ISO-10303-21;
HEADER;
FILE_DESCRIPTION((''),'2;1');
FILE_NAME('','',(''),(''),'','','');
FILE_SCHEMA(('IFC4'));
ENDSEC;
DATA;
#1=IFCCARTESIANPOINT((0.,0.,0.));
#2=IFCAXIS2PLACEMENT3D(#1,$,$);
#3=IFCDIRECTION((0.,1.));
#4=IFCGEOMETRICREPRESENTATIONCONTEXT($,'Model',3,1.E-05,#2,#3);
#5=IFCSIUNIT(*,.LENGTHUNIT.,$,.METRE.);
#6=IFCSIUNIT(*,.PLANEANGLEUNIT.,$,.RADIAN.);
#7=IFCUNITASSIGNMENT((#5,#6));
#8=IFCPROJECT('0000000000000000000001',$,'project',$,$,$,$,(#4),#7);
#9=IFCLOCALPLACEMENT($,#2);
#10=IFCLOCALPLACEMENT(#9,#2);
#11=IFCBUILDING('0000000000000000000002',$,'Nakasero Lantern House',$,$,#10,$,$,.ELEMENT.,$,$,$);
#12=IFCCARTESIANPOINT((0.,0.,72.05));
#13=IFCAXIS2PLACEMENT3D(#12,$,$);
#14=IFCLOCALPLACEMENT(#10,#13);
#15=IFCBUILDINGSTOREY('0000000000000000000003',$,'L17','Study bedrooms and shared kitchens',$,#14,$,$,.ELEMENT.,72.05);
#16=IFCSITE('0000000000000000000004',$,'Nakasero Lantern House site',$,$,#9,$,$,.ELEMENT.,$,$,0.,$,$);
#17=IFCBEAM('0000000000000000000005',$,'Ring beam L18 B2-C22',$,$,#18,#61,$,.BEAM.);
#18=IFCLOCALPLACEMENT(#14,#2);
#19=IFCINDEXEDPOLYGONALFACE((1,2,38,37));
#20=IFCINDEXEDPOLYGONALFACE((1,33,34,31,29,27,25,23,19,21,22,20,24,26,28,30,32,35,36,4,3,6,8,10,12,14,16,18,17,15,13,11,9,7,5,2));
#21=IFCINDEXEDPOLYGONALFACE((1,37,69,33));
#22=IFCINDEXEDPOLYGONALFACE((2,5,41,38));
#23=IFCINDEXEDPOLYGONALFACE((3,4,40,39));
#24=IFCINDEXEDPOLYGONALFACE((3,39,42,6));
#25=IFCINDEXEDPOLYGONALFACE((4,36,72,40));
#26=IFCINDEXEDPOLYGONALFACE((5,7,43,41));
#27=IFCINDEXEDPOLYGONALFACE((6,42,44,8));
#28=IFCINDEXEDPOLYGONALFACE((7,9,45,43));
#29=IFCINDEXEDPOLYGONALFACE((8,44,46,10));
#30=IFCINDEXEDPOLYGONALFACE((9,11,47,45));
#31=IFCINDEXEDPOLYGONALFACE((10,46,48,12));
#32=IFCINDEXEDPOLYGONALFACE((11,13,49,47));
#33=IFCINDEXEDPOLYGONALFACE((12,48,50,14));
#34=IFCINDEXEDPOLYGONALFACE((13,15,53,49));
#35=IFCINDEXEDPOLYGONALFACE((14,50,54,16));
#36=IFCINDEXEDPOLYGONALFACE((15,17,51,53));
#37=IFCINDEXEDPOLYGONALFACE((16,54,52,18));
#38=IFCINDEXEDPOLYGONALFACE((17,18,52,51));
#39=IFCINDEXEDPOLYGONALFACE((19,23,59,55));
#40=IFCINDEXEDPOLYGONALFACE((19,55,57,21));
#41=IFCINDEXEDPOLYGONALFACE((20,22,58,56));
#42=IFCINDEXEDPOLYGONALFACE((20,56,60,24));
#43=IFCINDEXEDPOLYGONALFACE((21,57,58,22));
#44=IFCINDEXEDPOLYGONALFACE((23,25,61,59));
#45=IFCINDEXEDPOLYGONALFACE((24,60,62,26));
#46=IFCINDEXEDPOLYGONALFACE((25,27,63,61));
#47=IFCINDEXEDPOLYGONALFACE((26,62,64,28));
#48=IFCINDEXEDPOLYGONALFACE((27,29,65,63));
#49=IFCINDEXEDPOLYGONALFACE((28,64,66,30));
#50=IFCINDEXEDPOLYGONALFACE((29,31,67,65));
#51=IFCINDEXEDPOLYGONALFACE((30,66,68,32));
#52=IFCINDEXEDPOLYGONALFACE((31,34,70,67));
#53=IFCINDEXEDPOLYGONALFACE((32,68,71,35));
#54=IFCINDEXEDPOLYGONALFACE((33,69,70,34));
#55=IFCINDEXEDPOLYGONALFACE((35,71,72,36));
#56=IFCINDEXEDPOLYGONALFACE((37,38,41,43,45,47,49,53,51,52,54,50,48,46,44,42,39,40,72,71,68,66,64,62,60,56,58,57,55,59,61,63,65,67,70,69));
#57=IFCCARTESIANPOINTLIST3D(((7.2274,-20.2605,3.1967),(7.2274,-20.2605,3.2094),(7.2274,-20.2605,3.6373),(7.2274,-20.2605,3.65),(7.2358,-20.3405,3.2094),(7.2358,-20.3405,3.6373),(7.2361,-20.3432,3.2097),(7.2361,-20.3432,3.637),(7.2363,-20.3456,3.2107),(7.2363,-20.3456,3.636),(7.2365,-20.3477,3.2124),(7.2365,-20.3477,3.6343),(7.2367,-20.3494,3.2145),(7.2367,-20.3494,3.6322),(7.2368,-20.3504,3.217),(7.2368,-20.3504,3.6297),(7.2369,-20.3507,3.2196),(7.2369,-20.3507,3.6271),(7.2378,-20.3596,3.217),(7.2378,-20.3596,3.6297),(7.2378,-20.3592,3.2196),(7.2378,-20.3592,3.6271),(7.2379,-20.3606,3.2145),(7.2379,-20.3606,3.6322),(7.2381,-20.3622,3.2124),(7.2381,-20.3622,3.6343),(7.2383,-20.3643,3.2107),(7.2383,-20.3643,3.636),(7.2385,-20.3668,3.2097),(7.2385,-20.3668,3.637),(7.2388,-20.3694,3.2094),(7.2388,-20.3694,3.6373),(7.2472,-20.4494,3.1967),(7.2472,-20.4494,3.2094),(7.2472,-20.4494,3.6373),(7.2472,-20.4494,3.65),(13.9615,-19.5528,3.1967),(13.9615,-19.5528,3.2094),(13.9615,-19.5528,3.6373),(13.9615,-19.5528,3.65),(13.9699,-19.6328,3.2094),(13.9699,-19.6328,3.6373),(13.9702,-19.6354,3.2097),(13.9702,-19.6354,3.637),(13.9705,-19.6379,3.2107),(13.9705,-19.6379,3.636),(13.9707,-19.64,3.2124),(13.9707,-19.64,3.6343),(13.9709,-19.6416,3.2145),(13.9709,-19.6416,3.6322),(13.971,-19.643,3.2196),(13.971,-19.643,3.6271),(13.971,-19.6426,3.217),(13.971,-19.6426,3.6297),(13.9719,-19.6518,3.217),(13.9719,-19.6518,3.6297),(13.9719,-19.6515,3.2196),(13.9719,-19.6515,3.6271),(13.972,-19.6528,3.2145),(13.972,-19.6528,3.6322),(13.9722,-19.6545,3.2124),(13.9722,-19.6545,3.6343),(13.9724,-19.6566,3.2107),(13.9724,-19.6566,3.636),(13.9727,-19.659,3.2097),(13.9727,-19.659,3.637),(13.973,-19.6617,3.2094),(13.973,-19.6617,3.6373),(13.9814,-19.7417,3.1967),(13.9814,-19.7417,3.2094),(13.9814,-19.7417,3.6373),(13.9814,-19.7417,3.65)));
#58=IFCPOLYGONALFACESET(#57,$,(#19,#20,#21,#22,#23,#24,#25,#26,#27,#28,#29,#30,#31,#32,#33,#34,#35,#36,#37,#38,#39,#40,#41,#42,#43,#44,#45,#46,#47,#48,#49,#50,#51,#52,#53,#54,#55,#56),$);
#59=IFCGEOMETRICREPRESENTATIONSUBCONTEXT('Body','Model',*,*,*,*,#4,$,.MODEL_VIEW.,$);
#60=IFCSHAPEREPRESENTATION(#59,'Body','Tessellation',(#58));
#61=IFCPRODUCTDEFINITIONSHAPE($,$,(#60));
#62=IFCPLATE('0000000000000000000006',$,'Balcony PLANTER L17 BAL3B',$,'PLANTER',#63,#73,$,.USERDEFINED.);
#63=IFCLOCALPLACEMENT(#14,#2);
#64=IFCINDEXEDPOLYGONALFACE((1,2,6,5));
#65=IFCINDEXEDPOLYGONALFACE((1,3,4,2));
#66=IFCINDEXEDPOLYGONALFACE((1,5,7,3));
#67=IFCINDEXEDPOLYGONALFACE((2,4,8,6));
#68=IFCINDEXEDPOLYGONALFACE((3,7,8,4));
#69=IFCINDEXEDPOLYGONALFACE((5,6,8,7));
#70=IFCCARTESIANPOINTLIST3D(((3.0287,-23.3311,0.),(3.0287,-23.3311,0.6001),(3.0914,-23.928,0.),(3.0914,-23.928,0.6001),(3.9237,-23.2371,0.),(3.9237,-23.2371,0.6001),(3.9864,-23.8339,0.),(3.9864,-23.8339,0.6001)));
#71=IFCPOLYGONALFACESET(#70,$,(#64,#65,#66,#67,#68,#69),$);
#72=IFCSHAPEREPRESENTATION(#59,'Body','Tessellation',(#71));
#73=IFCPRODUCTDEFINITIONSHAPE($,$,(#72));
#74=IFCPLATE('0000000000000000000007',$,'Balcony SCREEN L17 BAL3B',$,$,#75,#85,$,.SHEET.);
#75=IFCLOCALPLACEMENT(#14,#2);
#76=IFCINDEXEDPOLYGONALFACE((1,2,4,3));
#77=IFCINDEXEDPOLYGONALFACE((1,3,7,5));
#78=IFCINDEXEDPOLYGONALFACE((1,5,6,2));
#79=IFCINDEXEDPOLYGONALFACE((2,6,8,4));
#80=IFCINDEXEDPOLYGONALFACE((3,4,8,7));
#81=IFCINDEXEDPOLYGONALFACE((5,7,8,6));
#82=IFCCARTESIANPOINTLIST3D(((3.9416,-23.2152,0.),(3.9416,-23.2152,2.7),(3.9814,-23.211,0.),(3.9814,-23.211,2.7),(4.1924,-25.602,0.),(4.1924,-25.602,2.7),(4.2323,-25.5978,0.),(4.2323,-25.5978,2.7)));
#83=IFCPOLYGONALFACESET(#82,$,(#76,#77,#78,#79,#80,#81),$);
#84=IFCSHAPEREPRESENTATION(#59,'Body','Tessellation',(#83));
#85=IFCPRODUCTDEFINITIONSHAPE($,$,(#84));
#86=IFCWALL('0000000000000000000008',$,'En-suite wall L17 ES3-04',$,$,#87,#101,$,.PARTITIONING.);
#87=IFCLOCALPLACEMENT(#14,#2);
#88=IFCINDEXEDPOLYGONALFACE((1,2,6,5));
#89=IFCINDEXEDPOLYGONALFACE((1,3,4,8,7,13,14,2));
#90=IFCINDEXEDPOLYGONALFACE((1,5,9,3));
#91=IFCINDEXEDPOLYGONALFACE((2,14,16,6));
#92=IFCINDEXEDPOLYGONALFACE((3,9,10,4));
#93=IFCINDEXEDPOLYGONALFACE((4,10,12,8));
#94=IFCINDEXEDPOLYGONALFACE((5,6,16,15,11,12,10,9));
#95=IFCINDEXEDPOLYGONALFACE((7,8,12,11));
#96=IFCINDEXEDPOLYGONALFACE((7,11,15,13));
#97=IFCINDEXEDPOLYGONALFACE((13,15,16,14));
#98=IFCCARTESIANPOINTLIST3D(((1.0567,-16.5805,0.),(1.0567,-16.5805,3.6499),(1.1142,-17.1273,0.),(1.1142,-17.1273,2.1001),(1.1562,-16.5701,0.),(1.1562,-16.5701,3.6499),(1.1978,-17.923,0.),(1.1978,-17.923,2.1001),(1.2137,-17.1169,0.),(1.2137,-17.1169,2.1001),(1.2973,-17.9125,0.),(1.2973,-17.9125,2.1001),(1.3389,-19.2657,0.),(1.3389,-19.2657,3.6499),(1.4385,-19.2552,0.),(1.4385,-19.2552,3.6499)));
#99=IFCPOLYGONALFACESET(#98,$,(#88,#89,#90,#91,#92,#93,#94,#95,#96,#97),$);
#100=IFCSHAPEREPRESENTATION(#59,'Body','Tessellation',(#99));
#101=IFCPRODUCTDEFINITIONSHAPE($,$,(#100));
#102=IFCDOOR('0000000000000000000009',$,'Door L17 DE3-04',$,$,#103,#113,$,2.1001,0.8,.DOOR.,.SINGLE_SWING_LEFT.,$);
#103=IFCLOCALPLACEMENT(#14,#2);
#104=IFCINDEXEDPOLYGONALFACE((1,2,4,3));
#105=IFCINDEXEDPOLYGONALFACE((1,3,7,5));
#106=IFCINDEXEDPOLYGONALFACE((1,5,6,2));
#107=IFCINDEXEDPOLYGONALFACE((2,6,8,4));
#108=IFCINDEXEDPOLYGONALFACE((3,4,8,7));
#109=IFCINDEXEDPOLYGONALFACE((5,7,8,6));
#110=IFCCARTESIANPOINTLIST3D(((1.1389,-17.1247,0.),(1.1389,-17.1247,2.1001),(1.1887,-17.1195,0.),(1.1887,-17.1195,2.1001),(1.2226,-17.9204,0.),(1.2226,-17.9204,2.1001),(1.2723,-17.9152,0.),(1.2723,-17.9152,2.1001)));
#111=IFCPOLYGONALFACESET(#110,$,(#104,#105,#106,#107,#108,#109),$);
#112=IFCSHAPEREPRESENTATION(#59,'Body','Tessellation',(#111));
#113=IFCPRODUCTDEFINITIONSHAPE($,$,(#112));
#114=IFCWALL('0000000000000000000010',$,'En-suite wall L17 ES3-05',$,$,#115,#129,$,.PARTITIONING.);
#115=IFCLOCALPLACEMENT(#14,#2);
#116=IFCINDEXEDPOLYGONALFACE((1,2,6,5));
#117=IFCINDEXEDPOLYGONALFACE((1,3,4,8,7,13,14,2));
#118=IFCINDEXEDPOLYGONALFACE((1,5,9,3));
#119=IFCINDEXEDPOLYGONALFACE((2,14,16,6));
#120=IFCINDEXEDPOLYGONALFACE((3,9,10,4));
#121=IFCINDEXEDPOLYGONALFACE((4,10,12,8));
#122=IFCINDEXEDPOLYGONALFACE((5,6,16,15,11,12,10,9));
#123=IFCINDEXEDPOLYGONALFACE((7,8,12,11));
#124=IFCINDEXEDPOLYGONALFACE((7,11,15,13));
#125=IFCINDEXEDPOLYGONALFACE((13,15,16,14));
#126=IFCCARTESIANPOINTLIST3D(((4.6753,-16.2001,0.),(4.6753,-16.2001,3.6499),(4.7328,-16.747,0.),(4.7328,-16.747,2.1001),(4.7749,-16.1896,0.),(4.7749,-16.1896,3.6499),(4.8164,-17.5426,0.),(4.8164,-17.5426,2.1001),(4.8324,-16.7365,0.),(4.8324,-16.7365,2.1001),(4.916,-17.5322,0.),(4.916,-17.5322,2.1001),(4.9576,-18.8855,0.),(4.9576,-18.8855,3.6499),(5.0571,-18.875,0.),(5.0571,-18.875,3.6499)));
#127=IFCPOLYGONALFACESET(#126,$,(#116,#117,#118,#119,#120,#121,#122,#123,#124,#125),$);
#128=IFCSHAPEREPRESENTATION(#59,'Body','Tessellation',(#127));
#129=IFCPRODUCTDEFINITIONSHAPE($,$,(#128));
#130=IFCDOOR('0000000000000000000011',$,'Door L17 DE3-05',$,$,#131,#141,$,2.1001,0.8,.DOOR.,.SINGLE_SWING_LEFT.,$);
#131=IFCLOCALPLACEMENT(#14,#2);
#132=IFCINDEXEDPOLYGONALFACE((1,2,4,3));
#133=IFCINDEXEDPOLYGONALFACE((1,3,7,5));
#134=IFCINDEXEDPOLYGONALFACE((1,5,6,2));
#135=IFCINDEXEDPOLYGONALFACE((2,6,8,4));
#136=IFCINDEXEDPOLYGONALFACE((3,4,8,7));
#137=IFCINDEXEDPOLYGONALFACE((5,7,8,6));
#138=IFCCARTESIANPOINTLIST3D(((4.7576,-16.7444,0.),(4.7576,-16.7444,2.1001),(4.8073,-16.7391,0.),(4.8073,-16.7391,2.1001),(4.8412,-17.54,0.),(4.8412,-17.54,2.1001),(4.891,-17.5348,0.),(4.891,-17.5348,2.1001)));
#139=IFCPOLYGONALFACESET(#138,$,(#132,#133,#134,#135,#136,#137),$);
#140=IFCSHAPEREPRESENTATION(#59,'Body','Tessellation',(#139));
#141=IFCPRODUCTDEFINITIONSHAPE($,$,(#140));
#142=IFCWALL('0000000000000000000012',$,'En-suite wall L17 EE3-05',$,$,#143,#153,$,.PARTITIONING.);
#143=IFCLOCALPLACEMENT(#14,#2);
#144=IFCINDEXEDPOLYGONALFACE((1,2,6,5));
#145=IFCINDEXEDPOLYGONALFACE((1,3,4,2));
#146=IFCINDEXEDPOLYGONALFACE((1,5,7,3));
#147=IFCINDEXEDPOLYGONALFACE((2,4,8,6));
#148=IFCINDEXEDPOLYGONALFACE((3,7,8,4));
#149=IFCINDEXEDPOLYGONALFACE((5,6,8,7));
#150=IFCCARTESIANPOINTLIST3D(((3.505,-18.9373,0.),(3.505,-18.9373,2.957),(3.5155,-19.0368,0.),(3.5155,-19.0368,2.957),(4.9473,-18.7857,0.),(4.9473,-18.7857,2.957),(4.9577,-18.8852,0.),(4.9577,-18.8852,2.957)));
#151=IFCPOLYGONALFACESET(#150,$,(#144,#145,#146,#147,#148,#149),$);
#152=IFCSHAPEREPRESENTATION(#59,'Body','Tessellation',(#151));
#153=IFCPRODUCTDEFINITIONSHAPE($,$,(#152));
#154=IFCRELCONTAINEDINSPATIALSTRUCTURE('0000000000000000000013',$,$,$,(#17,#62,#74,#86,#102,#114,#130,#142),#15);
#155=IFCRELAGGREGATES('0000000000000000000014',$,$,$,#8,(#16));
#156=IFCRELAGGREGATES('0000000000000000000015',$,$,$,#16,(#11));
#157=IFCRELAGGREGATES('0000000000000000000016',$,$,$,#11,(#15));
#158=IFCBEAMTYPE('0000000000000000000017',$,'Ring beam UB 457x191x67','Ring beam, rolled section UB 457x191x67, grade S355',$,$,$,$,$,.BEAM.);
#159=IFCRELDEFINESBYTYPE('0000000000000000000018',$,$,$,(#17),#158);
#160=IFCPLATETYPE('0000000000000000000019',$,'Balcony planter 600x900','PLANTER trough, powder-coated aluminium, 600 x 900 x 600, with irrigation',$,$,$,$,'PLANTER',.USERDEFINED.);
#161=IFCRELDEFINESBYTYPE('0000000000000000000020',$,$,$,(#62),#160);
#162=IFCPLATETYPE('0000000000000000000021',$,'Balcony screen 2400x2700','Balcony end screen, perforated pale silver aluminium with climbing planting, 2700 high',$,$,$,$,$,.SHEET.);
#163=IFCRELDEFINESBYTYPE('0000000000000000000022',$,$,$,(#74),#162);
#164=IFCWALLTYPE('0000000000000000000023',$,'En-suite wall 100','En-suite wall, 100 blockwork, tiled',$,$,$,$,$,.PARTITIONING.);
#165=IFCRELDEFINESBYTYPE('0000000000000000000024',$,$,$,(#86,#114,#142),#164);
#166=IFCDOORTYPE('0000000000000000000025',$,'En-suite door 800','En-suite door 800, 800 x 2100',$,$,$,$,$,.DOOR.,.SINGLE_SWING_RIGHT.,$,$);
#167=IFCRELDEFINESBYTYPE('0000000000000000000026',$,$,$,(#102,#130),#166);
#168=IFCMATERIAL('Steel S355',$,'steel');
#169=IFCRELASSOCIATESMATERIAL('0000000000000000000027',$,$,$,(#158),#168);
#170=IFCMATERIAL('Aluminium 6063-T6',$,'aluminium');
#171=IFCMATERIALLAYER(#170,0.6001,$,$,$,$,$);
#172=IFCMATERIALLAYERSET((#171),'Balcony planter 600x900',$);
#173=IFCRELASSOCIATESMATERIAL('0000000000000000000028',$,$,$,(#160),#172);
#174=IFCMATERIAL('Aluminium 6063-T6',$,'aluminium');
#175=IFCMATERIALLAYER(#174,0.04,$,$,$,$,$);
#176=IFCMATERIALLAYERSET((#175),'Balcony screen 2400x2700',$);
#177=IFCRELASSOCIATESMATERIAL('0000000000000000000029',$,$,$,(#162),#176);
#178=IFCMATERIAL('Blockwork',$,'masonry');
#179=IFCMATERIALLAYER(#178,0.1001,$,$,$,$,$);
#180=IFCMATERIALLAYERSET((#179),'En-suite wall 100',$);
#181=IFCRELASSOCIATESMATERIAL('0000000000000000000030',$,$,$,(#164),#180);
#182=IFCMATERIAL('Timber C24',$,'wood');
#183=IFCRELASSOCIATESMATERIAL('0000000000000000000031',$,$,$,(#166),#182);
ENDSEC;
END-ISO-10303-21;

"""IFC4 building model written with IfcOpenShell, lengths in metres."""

from ifc_helpers import new_model, si_unit, direction, frame, frame_2d, origin, origin_2d, place, context, subcontext, project, spatial, rectangle, i_section, extrude, material, layer, layer_set, material_profile, profile_set, type_object, element, fill, save


model = new_model("IFC4")

# Units and contexts
model_context = context("Model", 3, precision=1e-05, world=origin(), true_north=direction((0.0, 1.0)))
body_context = subcontext(model_context, "Body", "Model", "MODEL_VIEW")
ifc_project = project(units=[si_unit("LENGTHUNIT", "METRE"), si_unit("PLANEANGLEUNIT", "RADIAN")], contexts=[model_context])

# Site, building, storey
site_placement = place(None, origin())
site = spatial("IfcSite", under=ifc_project, at=site_placement, Name="Nakasero Lantern House site", CompositionType="ELEMENT", RefElevation=0.0)
building_placement = place(site_placement, origin())
building = spatial("IfcBuilding", under=site, at=building_placement, Name="Nakasero Lantern House", CompositionType="ELEMENT")
storey_placement = place(building_placement, frame((0.0, 0.0, 72.05)))
storey = spatial("IfcBuildingStorey", under=building, at=storey_placement, Name="L17", Description="Study bedrooms and shared kitchens", CompositionType="ELEMENT", Elevation=72.05)

# Beam
ifc_material_1 = material(Name="Steel S355", Category="steel")
ifc_material_profile_1 = material_profile(ifc_material_1, i_section(OverallWidth=0.1899, OverallDepth=0.4534, WebThickness=0.0085, FlangeThickness=0.0127, FilletRadius=0.0103, at=origin_2d()), Name="UB 457x191x67")
ifc_profile_set_1 = profile_set([ifc_material_profile_1], Name="Steel S355")
beam_type_1 = type_object("IfcBeamType", Name="Ring beam UB 457x191x67", Description="Ring beam, rolled section UB 457x191x67, grade S355", PredefinedType="BEAM", material=ifc_profile_set_1)
beam_1_placement = place(storey_placement, frame((7.2373, -20.355, 3.4233), z_axis=(0.994522, 0.104525, 0.0), x_axis=(-0.104525, 0.994522, 0.0)))
element("IfcBeam", 1, at=beam_1_placement, inside=storey, type_object=beam_type_1, Name="Ring beam L18 B2-C22", PredefinedType="BEAM", context=body_context, shape_type="SweptSolid", body=[
    extrude(i_section(OverallWidth=0.1899, OverallDepth=0.4534, WebThickness=0.0085, FlangeThickness=0.0127, FilletRadius=0.0103, at=origin_2d()), origin(), (0.0, 0.0, 1.0), 6.7712),
])

# Plates
ifc_material_2 = material(Name="Aluminium 6063-T6", Category="aluminium")
ifc_layer_1 = layer(ifc_material_2, 0.6001)
ifc_layer_set_1 = layer_set([ifc_layer_1], Name="Balcony planter 600x900")
plate_type_1 = type_object("IfcPlateType", Name="Balcony planter 600x900", Description="PLANTER trough, powder-coated aluminium, 600 x 900 x 600, with irrigation", ElementType="PLANTER", PredefinedType="USERDEFINED", material=ifc_layer_set_1)
plate_1_placement = place(storey_placement, frame((3.5076, -23.5825, 0.0), z_axis=(0.0, 0.0, 1.0), x_axis=(0.104528, -0.994522, 0.0)))
element("IfcPlate", 2, at=plate_1_placement, inside=storey, type_object=plate_type_1, Name="Balcony PLANTER L17 BAL3B", ObjectType="PLANTER", PredefinedType="USERDEFINED", context=body_context, shape_type="SweptSolid", body=[
    extrude(rectangle(XDim=0.6001, YDim=0.8999, at=origin_2d()), origin(), (0.0, 0.0, 1.0), 0.6001),
])
ifc_material_3 = material(Name="Aluminium 6063-T6", Category="aluminium")
ifc_layer_2 = layer(ifc_material_3, 0.04)
ifc_layer_set_2 = layer_set([ifc_layer_2], Name="Balcony screen 2400x2700")
plate_type_2 = type_object("IfcPlateType", Name="Balcony screen 2400x2700", Description="Balcony end screen, perforated pale silver aluminium with climbing planting, 2700 high", PredefinedType="SHEET", material=ifc_layer_set_2)
plate_2_placement = place(storey_placement, frame((4.0869, -24.4065, 0.0), z_axis=(0.0, 0.0, 1.0), x_axis=(0.104528, -0.994522, 0.0)))
element("IfcPlate", 3, at=plate_2_placement, inside=storey, type_object=plate_type_2, Name="Balcony SCREEN L17 BAL3B", PredefinedType="SHEET", context=body_context, shape_type="SweptSolid", body=[
    extrude(rectangle(XDim=2.3999, YDim=0.04, at=origin_2d()), origin(), (0.0, 0.0, 1.0), 2.7),
])

# Walls, openings, doors
ifc_material_4 = material(Name="Blockwork", Category="masonry")
ifc_layer_3 = layer(ifc_material_4, 0.1001)
ifc_layer_set_3 = layer_set([ifc_layer_3], Name="En-suite wall 100")
wall_type_1 = type_object("IfcWallType", Name="En-suite wall 100", Description="En-suite wall, 100 blockwork, tiled", PredefinedType="PARTITIONING", material=ifc_layer_set_3)
wall_1_placement = place(storey_placement, frame((1.1064, -16.5752, 0.0), z_axis=(0.0, 0.0, 1.0), x_axis=(0.104534, -0.994521, 0.0)))
wall_1 = element("IfcWall", 4, at=wall_1_placement, inside=storey, type_object=wall_type_1, Name="En-suite wall L17 ES3-04", PredefinedType="PARTITIONING", context=body_context, shape_type="SweptSolid", body=[
    extrude(rectangle(XDim=2.7, YDim=0.1001, at=frame_2d((1.3501, 0.0))), origin(), (0.0, 0.0, 1.0), 3.6499),
])
opening_1_placement = place(wall_1_placement, frame((0.55, 0.0, 0.0)))
opening_1 = element("IfcOpeningElement", 5, at=opening_1_placement, cuts=wall_1, PredefinedType="OPENING", context=body_context, shape_type="SweptSolid", body=[
    extrude(rectangle(XDim=0.8, YDim=2.1001, at=frame_2d((0.3999, 1.05))), frame((0.0, 0.0701, 0.0), z_axis=(0.0, -1.0, 0.0), x_axis=(1.0, 0.0, 0.0)), (0.0, 0.0, 1.0), 0.1401),
])
ifc_material_5 = material(Name="Timber C24", Category="wood")
door_type_1 = type_object("IfcDoorType", Name="En-suite door 800", Description="En-suite door 800, 800 x 2100", OperationType="SINGLE_SWING_RIGHT", PredefinedType="DOOR", material=ifc_material_5)
door_1_placement = place(opening_1_placement, origin())
door_1 = element("IfcDoor", 6, at=door_1_placement, inside=storey, type_object=door_type_1, Name="Door L17 DE3-04", OperationType="SINGLE_SWING_LEFT", OverallHeight=2.1001, OverallWidth=0.8, PredefinedType="DOOR", context=body_context, shape_type="SweptSolid", body=[
    extrude(rectangle(XDim=0.8, YDim=2.1001, at=frame_2d((0.3999, 1.05))), frame((0.0, 0.0249, 0.0), z_axis=(0.0, -1.0, 0.0), x_axis=(1.0, 0.0, 0.0)), (0.0, 0.0, 1.0), 0.05),
])
fill(opening_1, door_1)
wall_2_placement = place(storey_placement, frame((4.7251, -16.1948, 0.0), z_axis=(0.0, 0.0, 1.0), x_axis=(0.104525, -0.994522, 0.0)))
wall_2 = element("IfcWall", 7, at=wall_2_placement, inside=storey, type_object=wall_type_1, Name="En-suite wall L17 ES3-05", PredefinedType="PARTITIONING", context=body_context, shape_type="SweptSolid", body=[
    extrude(rectangle(XDim=2.7002, YDim=0.1001, at=frame_2d((1.3501, 0.0))), origin(), (0.0, 0.0, 1.0), 3.6499),
])
opening_2_placement = place(wall_2_placement, frame((0.55, 0.0, 0.0)))
opening_2 = element("IfcOpeningElement", 8, at=opening_2_placement, cuts=wall_2, PredefinedType="OPENING", context=body_context, shape_type="SweptSolid", body=[
    extrude(rectangle(XDim=0.8, YDim=2.1001, at=frame_2d((0.3999, 1.05))), frame((0.0, 0.0701, 0.0), z_axis=(0.0, -1.0, 0.0), x_axis=(1.0, 0.0, 0.0)), (0.0, 0.0, 1.0), 0.1401),
])
door_2_placement = place(opening_2_placement, origin())
door_2 = element("IfcDoor", 9, at=door_2_placement, inside=storey, type_object=door_type_1, Name="Door L17 DE3-05", OperationType="SINGLE_SWING_LEFT", OverallHeight=2.1001, OverallWidth=0.8, PredefinedType="DOOR", context=body_context, shape_type="SweptSolid", body=[
    extrude(rectangle(XDim=0.8, YDim=2.1001, at=frame_2d((0.3999, 1.05))), frame((0.0, 0.0249, 0.0), z_axis=(0.0, -1.0, 0.0), x_axis=(1.0, 0.0, 0.0)), (0.0, 0.0, 1.0), 0.05),
])
fill(opening_2, door_2)

# Wall
wall_3_placement = place(storey_placement, frame((3.5103, -18.9871, 0.0), z_axis=(0.0, 0.0, 1.0), x_axis=(0.994519, 0.104553, 0.0)))
element("IfcWall", 10, at=wall_3_placement, inside=storey, type_object=wall_type_1, Name="En-suite wall L17 EE3-05", PredefinedType="PARTITIONING", context=body_context, shape_type="SweptSolid", body=[
    extrude(rectangle(XDim=1.4502, YDim=0.1001, at=frame_2d((0.7251, 0.0))), origin(), (0.0, 0.0, 1.0), 2.957),
])

save(model, "model.ifc")
